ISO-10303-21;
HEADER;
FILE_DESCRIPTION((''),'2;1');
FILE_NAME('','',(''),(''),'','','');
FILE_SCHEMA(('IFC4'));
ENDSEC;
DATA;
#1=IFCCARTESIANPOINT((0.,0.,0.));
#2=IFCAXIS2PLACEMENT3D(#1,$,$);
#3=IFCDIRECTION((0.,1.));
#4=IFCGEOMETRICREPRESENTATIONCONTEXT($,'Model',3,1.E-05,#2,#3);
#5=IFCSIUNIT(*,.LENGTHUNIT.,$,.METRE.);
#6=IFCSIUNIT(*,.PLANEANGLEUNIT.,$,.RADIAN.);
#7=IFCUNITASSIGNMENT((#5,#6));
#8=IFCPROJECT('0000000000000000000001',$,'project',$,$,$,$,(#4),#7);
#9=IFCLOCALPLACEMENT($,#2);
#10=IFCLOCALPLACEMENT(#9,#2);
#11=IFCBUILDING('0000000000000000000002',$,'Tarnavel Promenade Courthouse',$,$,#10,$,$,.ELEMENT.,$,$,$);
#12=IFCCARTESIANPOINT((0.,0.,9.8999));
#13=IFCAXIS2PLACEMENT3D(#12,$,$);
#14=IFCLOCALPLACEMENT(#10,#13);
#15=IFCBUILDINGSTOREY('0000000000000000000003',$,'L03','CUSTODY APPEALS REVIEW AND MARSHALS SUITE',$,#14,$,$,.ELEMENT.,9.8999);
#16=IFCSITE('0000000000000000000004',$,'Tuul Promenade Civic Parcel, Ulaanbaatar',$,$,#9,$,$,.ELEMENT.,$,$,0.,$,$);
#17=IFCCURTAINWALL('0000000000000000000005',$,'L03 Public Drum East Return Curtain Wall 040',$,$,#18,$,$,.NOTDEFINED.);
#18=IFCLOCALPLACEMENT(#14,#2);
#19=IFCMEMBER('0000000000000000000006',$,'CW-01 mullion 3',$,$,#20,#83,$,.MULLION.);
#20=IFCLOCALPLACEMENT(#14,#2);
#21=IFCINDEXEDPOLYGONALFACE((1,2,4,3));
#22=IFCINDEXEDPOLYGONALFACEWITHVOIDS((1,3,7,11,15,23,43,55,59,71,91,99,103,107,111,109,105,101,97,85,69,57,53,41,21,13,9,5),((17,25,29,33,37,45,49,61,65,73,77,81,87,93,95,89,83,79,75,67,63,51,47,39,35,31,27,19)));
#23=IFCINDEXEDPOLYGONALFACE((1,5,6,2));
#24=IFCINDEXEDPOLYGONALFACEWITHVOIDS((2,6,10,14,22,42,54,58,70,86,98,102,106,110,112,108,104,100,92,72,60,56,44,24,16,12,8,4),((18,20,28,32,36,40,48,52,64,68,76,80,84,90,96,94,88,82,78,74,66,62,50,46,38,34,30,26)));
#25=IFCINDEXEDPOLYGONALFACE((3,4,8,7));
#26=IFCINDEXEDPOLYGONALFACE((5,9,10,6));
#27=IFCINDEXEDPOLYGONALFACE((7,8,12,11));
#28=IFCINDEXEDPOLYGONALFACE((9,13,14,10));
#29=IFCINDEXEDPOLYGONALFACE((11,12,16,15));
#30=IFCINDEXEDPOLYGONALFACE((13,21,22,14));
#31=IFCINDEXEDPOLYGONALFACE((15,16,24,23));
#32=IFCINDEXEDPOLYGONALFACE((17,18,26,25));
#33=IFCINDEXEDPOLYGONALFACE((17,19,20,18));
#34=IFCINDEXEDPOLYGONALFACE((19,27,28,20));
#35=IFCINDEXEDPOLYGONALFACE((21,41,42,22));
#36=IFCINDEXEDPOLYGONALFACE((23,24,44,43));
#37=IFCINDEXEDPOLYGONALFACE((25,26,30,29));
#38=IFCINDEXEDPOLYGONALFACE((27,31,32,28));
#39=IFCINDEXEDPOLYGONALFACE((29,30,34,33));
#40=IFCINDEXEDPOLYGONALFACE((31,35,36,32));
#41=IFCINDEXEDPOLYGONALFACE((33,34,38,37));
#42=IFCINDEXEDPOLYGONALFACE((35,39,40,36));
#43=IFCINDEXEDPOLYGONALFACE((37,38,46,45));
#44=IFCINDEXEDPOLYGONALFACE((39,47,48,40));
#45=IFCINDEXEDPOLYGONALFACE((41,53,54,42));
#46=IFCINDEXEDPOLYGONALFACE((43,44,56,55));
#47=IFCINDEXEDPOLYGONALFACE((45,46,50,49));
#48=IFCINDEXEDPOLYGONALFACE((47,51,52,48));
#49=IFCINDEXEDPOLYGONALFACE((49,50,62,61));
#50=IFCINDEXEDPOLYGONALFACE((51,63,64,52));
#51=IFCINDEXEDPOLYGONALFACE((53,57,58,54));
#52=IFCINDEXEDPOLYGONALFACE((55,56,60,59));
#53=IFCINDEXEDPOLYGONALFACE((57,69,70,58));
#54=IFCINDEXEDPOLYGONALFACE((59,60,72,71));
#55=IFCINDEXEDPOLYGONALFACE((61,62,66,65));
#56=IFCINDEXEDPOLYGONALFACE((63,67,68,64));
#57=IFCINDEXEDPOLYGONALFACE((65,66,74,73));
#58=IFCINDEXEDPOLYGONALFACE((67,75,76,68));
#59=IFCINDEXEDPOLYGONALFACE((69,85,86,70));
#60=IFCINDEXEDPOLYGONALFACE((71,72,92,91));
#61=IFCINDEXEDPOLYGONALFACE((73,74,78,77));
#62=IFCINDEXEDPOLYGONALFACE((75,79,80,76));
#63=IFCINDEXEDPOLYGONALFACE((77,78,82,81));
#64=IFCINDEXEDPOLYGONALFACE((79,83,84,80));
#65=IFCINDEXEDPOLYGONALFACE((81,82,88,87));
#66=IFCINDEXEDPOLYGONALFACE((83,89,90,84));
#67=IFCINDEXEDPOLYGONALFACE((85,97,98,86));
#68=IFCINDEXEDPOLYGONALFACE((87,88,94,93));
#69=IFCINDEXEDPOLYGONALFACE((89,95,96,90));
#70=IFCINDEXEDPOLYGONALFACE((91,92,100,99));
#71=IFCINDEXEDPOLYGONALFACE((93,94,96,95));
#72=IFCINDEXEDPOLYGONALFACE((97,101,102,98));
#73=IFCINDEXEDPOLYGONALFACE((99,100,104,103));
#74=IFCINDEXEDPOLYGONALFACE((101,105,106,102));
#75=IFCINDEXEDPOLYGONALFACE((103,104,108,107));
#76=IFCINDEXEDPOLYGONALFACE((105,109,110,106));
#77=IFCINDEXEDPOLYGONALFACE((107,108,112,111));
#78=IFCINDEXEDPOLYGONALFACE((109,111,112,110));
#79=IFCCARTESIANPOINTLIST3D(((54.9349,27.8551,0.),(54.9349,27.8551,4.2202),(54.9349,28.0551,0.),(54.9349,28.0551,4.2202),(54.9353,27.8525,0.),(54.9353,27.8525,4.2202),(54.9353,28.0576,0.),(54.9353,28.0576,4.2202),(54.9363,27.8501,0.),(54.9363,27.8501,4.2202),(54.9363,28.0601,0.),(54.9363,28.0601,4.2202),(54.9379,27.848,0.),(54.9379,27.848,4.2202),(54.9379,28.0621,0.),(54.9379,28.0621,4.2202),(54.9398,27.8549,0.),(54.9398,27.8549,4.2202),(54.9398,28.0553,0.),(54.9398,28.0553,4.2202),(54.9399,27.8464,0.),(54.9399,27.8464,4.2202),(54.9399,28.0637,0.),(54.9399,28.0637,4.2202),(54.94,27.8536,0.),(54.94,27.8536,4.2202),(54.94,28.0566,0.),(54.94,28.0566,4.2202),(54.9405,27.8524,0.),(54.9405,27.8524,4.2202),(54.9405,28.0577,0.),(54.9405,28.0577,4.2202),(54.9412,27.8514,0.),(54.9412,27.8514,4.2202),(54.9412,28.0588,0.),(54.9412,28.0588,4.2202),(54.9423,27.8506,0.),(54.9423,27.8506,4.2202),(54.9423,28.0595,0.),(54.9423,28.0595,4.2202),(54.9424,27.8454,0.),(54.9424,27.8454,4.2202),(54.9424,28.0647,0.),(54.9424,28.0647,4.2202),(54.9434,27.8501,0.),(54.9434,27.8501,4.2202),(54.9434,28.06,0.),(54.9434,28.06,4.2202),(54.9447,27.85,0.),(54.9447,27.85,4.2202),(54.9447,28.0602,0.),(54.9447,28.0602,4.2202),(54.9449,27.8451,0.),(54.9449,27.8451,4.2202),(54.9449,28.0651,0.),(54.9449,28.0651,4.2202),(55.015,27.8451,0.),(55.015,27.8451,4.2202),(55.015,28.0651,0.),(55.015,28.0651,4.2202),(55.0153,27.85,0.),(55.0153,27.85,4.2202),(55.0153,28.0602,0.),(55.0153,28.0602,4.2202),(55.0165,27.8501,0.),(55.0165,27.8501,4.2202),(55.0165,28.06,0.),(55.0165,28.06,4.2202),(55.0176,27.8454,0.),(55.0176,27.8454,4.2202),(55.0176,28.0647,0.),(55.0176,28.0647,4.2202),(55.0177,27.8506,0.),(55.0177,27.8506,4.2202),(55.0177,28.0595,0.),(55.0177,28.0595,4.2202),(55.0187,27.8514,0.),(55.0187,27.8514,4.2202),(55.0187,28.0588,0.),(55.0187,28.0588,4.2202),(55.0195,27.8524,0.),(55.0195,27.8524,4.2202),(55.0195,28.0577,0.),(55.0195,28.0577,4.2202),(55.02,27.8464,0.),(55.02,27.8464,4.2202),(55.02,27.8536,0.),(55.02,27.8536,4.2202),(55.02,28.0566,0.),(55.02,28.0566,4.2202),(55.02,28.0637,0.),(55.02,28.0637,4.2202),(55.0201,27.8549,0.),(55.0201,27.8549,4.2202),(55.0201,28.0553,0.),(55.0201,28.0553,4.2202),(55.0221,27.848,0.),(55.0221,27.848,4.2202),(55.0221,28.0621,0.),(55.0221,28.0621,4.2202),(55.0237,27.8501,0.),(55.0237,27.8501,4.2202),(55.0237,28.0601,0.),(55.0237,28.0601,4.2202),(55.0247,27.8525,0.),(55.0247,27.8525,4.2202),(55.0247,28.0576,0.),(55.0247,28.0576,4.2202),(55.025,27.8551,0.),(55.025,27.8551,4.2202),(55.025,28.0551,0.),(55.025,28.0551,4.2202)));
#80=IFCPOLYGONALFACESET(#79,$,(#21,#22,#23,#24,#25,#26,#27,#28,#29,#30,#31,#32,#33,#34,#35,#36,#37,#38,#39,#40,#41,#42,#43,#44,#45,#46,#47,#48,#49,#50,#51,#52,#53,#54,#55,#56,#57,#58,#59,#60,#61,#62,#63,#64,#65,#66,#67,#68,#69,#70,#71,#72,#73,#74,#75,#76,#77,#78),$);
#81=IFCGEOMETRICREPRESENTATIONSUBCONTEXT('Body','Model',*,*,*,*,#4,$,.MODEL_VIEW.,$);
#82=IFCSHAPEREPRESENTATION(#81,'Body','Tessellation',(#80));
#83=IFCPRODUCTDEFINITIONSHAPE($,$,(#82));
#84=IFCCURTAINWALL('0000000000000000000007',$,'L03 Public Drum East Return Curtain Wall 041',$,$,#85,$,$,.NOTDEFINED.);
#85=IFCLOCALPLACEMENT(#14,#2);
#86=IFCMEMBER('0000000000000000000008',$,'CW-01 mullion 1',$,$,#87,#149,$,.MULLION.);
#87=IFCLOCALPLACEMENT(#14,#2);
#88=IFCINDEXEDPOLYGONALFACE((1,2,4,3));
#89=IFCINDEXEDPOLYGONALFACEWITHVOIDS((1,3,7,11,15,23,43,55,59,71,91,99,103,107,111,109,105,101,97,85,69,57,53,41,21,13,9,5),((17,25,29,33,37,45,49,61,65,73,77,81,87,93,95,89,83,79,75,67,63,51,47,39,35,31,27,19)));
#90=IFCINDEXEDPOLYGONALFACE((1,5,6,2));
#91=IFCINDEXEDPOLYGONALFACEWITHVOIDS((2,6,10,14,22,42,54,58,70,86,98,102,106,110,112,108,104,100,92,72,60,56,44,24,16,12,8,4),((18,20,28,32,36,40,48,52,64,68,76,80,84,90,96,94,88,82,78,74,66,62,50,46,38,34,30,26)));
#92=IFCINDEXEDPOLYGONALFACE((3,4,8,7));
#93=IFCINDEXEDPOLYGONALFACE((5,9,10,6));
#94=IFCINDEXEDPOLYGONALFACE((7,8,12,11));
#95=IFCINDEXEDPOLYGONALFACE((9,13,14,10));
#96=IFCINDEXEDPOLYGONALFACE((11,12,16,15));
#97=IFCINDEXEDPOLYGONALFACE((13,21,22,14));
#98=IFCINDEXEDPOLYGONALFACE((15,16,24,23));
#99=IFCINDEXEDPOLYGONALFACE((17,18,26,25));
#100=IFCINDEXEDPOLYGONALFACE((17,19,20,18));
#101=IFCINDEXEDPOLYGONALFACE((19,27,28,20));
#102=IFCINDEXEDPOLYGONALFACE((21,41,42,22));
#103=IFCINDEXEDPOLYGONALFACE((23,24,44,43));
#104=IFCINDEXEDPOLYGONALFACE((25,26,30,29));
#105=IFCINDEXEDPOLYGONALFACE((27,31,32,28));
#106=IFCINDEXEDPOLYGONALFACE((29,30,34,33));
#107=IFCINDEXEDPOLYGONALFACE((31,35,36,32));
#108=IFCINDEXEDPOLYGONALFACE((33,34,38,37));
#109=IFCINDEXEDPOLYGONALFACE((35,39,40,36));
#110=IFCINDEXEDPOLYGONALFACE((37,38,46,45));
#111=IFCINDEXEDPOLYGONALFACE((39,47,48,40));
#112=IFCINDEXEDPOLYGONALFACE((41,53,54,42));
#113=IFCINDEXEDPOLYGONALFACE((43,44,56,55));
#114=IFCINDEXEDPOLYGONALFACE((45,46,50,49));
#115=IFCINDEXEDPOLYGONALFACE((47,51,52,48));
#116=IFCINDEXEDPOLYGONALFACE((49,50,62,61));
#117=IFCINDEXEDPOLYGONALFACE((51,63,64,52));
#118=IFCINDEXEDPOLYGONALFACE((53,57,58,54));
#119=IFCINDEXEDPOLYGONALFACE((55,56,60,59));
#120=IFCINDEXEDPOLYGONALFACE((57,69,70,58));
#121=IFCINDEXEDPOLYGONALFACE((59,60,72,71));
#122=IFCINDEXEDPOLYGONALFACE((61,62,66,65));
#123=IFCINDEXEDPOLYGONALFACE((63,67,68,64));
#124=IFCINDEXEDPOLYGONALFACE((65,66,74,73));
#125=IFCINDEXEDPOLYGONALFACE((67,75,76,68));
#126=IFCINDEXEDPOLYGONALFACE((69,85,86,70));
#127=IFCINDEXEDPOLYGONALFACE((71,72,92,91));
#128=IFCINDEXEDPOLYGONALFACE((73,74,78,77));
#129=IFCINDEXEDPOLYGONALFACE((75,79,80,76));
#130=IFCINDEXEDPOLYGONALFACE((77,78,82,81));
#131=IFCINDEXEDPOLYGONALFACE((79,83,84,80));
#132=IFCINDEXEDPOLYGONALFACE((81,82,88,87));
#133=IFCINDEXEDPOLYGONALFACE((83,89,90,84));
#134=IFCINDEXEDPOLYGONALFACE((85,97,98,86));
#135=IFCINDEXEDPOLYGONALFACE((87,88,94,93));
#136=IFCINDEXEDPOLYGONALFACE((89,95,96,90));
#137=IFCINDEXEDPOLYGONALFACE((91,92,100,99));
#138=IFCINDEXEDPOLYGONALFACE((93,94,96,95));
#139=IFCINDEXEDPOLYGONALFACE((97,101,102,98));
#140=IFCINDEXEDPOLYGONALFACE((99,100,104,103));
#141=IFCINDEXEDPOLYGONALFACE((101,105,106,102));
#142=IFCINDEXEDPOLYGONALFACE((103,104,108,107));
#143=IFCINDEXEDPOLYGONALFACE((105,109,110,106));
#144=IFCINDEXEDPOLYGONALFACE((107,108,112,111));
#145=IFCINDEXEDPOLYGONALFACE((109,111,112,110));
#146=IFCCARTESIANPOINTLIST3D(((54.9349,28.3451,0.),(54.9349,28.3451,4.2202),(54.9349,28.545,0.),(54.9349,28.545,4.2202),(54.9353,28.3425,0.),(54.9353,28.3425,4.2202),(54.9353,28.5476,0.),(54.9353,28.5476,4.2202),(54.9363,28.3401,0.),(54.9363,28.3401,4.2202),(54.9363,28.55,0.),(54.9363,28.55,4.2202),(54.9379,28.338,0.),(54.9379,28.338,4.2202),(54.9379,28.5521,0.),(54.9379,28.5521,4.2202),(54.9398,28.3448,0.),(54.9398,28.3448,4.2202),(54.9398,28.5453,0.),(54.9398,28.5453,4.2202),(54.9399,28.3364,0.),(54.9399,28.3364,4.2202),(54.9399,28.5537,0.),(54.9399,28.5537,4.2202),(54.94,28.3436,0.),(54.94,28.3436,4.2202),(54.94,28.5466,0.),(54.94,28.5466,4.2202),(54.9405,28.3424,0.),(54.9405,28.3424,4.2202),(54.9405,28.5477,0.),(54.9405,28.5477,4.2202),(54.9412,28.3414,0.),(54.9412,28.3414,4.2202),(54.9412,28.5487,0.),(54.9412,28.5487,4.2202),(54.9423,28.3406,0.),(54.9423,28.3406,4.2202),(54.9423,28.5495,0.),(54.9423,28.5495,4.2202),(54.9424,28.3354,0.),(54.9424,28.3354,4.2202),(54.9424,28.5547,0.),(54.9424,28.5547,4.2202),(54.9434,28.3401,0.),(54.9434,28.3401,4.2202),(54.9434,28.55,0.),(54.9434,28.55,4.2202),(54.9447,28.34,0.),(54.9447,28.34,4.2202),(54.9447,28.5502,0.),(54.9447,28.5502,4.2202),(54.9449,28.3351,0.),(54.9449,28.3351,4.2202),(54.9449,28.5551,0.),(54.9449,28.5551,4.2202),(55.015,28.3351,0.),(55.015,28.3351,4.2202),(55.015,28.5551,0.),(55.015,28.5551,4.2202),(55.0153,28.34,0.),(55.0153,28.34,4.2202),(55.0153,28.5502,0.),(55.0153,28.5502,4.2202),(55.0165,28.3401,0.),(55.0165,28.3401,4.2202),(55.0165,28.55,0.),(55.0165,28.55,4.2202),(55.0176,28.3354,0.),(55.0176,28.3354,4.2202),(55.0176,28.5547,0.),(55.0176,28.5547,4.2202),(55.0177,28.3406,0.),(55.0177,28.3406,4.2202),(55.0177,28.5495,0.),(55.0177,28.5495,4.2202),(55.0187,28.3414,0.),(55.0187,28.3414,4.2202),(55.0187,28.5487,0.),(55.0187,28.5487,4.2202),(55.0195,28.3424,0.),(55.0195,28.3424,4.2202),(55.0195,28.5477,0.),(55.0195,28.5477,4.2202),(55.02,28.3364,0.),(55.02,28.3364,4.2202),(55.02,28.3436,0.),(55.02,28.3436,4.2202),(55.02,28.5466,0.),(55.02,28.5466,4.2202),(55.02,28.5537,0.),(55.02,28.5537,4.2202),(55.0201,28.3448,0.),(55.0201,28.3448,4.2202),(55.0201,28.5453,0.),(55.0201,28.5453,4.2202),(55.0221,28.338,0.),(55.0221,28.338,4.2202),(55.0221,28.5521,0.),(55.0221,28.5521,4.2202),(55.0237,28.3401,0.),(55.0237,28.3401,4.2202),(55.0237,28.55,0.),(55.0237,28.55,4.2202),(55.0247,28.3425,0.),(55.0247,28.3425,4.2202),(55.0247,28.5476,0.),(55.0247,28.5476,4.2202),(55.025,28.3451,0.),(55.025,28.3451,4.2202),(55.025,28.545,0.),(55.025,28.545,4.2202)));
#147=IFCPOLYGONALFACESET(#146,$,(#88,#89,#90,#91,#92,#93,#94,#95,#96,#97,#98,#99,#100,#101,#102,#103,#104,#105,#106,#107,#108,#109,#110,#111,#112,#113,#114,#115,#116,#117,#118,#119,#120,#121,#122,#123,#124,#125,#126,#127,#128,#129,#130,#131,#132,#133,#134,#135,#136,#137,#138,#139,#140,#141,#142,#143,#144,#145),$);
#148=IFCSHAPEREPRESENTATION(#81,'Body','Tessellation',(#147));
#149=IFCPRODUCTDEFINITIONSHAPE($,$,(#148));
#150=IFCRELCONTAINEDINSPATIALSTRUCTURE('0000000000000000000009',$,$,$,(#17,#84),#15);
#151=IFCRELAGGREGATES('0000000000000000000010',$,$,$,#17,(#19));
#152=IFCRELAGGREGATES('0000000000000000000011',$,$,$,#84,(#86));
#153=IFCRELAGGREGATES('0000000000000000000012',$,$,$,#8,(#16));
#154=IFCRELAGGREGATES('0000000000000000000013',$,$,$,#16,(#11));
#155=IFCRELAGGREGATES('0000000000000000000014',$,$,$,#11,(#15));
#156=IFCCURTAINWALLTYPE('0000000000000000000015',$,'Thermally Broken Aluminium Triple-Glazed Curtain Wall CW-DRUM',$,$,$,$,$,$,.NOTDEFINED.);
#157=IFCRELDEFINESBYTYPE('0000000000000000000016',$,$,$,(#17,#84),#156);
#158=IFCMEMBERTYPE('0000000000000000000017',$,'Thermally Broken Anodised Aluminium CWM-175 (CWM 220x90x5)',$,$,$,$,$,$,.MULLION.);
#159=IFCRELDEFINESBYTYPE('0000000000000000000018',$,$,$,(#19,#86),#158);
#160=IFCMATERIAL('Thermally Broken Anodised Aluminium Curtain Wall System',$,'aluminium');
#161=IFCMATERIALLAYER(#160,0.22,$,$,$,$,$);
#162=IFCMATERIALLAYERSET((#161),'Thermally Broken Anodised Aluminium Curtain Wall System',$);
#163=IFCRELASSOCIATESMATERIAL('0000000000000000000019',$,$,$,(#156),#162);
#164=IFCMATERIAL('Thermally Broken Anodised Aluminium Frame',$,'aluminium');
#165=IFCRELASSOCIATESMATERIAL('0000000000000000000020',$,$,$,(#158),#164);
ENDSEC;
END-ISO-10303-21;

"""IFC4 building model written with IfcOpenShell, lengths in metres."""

from ifc_helpers import new_model, si_unit, direction, frame, origin, origin_2d, place, context, subcontext, project, spatial, hollow_rectangle, extrude, material, layer, layer_set, material_profile, profile_set, type_object, element, aggregate, save


model = new_model("IFC4")

# Units and contexts
model_context = context("Model", 3, precision=1e-05, world=origin(), true_north=direction((0.0, 1.0)))
body_context = subcontext(model_context, "Body", "Model", "MODEL_VIEW")
ifc_project = project(units=[si_unit("LENGTHUNIT", "METRE"), si_unit("PLANEANGLEUNIT", "RADIAN")], contexts=[model_context])

# Site, building, storey
site_placement = place(None, origin())
site = spatial("IfcSite", under=ifc_project, at=site_placement, Name="Tuul Promenade Civic Parcel, Ulaanbaatar", CompositionType="ELEMENT", RefElevation=0.0)
building_placement = place(site_placement, origin())
building = spatial("IfcBuilding", under=site, at=building_placement, Name="Tarnavel Promenade Courthouse", CompositionType="ELEMENT")
storey_placement = place(building_placement, frame((0.0, 0.0, 9.8999)))
storey = spatial("IfcBuildingStorey", under=building, at=storey_placement, Name="L03", Description="CUSTODY APPEALS REVIEW AND MARSHALS SUITE", CompositionType="ELEMENT", Elevation=9.8999)

# Curtain wall, member
ifc_material_1 = material(Name="Thermally Broken Anodised Aluminium Curtain Wall System", Category="aluminium")
ifc_layer_1 = layer(ifc_material_1, 0.22)
ifc_layer_set_1 = layer_set([ifc_layer_1], Name="Thermally Broken Anodised Aluminium Curtain Wall System")
curtain_wall_type_1 = type_object("IfcCurtainWallType", Name="Thermally Broken Aluminium Triple-Glazed Curtain Wall CW-DRUM", PredefinedType="NOTDEFINED", material=ifc_layer_set_1)
curtain_wall_1_placement = place(storey_placement, origin())
curtain_wall_1 = element("IfcCurtainWall", 1, at=curtain_wall_1_placement, inside=storey, type_object=curtain_wall_type_1, Name="L03 Public Drum East Return Curtain Wall 040", PredefinedType="NOTDEFINED")
ifc_material_2 = material(Name="Thermally Broken Anodised Aluminium Frame", Category="aluminium")
ifc_material_profile_1 = material_profile(ifc_material_2, hollow_rectangle(XDim=0.0901, YDim=0.22, WallThickness=0.0049, InnerFilletRadius=0.0049, OuterFilletRadius=0.01, at=origin_2d()), Name="CWM 220x90x5")
ifc_profile_set_1 = profile_set([ifc_material_profile_1], Name="Thermally Broken Anodised Aluminium Frame")
member_type_1 = type_object("IfcMemberType", Name="Thermally Broken Anodised Aluminium CWM-175 (CWM 220x90x5)", PredefinedType="MULLION", material=ifc_profile_set_1)
member_1_placement = place(storey_placement, frame((54.98, 27.9551, 0.0), z_axis=(0.0, 0.0, 1.0), x_axis=(-1.0, 0.0, 0.0)))
member_1 = element("IfcMember", 2, at=member_1_placement, type_object=member_type_1, Name="CW-01 mullion 3", PredefinedType="MULLION", context=body_context, shape_type="SweptSolid", body=[
    extrude(hollow_rectangle(XDim=0.0901, YDim=0.22, WallThickness=0.0049, InnerFilletRadius=0.0049, OuterFilletRadius=0.01, at=origin_2d()), origin(), (0.0, 0.0, 1.0), 4.2202),
])

# Curtain wall, member
curtain_wall_2_placement = place(storey_placement, origin())
curtain_wall_2 = element("IfcCurtainWall", 3, at=curtain_wall_2_placement, inside=storey, type_object=curtain_wall_type_1, Name="L03 Public Drum East Return Curtain Wall 041", PredefinedType="NOTDEFINED")
member_2_placement = place(storey_placement, frame((54.98, 28.4451, 0.0), z_axis=(0.0, 0.0, 1.0), x_axis=(-1.0, 0.0, 0.0)))
member_2 = element("IfcMember", 4, at=member_2_placement, type_object=member_type_1, Name="CW-01 mullion 1", PredefinedType="MULLION", context=body_context, shape_type="SweptSolid", body=[
    extrude(hollow_rectangle(XDim=0.0901, YDim=0.22, WallThickness=0.0049, InnerFilletRadius=0.0049, OuterFilletRadius=0.01, at=origin_2d()), origin(), (0.0, 0.0, 1.0), 4.2202),
])

aggregate(curtain_wall_1, [member_1])
aggregate(curtain_wall_2, [member_2])

save(model, "model.ifc")
